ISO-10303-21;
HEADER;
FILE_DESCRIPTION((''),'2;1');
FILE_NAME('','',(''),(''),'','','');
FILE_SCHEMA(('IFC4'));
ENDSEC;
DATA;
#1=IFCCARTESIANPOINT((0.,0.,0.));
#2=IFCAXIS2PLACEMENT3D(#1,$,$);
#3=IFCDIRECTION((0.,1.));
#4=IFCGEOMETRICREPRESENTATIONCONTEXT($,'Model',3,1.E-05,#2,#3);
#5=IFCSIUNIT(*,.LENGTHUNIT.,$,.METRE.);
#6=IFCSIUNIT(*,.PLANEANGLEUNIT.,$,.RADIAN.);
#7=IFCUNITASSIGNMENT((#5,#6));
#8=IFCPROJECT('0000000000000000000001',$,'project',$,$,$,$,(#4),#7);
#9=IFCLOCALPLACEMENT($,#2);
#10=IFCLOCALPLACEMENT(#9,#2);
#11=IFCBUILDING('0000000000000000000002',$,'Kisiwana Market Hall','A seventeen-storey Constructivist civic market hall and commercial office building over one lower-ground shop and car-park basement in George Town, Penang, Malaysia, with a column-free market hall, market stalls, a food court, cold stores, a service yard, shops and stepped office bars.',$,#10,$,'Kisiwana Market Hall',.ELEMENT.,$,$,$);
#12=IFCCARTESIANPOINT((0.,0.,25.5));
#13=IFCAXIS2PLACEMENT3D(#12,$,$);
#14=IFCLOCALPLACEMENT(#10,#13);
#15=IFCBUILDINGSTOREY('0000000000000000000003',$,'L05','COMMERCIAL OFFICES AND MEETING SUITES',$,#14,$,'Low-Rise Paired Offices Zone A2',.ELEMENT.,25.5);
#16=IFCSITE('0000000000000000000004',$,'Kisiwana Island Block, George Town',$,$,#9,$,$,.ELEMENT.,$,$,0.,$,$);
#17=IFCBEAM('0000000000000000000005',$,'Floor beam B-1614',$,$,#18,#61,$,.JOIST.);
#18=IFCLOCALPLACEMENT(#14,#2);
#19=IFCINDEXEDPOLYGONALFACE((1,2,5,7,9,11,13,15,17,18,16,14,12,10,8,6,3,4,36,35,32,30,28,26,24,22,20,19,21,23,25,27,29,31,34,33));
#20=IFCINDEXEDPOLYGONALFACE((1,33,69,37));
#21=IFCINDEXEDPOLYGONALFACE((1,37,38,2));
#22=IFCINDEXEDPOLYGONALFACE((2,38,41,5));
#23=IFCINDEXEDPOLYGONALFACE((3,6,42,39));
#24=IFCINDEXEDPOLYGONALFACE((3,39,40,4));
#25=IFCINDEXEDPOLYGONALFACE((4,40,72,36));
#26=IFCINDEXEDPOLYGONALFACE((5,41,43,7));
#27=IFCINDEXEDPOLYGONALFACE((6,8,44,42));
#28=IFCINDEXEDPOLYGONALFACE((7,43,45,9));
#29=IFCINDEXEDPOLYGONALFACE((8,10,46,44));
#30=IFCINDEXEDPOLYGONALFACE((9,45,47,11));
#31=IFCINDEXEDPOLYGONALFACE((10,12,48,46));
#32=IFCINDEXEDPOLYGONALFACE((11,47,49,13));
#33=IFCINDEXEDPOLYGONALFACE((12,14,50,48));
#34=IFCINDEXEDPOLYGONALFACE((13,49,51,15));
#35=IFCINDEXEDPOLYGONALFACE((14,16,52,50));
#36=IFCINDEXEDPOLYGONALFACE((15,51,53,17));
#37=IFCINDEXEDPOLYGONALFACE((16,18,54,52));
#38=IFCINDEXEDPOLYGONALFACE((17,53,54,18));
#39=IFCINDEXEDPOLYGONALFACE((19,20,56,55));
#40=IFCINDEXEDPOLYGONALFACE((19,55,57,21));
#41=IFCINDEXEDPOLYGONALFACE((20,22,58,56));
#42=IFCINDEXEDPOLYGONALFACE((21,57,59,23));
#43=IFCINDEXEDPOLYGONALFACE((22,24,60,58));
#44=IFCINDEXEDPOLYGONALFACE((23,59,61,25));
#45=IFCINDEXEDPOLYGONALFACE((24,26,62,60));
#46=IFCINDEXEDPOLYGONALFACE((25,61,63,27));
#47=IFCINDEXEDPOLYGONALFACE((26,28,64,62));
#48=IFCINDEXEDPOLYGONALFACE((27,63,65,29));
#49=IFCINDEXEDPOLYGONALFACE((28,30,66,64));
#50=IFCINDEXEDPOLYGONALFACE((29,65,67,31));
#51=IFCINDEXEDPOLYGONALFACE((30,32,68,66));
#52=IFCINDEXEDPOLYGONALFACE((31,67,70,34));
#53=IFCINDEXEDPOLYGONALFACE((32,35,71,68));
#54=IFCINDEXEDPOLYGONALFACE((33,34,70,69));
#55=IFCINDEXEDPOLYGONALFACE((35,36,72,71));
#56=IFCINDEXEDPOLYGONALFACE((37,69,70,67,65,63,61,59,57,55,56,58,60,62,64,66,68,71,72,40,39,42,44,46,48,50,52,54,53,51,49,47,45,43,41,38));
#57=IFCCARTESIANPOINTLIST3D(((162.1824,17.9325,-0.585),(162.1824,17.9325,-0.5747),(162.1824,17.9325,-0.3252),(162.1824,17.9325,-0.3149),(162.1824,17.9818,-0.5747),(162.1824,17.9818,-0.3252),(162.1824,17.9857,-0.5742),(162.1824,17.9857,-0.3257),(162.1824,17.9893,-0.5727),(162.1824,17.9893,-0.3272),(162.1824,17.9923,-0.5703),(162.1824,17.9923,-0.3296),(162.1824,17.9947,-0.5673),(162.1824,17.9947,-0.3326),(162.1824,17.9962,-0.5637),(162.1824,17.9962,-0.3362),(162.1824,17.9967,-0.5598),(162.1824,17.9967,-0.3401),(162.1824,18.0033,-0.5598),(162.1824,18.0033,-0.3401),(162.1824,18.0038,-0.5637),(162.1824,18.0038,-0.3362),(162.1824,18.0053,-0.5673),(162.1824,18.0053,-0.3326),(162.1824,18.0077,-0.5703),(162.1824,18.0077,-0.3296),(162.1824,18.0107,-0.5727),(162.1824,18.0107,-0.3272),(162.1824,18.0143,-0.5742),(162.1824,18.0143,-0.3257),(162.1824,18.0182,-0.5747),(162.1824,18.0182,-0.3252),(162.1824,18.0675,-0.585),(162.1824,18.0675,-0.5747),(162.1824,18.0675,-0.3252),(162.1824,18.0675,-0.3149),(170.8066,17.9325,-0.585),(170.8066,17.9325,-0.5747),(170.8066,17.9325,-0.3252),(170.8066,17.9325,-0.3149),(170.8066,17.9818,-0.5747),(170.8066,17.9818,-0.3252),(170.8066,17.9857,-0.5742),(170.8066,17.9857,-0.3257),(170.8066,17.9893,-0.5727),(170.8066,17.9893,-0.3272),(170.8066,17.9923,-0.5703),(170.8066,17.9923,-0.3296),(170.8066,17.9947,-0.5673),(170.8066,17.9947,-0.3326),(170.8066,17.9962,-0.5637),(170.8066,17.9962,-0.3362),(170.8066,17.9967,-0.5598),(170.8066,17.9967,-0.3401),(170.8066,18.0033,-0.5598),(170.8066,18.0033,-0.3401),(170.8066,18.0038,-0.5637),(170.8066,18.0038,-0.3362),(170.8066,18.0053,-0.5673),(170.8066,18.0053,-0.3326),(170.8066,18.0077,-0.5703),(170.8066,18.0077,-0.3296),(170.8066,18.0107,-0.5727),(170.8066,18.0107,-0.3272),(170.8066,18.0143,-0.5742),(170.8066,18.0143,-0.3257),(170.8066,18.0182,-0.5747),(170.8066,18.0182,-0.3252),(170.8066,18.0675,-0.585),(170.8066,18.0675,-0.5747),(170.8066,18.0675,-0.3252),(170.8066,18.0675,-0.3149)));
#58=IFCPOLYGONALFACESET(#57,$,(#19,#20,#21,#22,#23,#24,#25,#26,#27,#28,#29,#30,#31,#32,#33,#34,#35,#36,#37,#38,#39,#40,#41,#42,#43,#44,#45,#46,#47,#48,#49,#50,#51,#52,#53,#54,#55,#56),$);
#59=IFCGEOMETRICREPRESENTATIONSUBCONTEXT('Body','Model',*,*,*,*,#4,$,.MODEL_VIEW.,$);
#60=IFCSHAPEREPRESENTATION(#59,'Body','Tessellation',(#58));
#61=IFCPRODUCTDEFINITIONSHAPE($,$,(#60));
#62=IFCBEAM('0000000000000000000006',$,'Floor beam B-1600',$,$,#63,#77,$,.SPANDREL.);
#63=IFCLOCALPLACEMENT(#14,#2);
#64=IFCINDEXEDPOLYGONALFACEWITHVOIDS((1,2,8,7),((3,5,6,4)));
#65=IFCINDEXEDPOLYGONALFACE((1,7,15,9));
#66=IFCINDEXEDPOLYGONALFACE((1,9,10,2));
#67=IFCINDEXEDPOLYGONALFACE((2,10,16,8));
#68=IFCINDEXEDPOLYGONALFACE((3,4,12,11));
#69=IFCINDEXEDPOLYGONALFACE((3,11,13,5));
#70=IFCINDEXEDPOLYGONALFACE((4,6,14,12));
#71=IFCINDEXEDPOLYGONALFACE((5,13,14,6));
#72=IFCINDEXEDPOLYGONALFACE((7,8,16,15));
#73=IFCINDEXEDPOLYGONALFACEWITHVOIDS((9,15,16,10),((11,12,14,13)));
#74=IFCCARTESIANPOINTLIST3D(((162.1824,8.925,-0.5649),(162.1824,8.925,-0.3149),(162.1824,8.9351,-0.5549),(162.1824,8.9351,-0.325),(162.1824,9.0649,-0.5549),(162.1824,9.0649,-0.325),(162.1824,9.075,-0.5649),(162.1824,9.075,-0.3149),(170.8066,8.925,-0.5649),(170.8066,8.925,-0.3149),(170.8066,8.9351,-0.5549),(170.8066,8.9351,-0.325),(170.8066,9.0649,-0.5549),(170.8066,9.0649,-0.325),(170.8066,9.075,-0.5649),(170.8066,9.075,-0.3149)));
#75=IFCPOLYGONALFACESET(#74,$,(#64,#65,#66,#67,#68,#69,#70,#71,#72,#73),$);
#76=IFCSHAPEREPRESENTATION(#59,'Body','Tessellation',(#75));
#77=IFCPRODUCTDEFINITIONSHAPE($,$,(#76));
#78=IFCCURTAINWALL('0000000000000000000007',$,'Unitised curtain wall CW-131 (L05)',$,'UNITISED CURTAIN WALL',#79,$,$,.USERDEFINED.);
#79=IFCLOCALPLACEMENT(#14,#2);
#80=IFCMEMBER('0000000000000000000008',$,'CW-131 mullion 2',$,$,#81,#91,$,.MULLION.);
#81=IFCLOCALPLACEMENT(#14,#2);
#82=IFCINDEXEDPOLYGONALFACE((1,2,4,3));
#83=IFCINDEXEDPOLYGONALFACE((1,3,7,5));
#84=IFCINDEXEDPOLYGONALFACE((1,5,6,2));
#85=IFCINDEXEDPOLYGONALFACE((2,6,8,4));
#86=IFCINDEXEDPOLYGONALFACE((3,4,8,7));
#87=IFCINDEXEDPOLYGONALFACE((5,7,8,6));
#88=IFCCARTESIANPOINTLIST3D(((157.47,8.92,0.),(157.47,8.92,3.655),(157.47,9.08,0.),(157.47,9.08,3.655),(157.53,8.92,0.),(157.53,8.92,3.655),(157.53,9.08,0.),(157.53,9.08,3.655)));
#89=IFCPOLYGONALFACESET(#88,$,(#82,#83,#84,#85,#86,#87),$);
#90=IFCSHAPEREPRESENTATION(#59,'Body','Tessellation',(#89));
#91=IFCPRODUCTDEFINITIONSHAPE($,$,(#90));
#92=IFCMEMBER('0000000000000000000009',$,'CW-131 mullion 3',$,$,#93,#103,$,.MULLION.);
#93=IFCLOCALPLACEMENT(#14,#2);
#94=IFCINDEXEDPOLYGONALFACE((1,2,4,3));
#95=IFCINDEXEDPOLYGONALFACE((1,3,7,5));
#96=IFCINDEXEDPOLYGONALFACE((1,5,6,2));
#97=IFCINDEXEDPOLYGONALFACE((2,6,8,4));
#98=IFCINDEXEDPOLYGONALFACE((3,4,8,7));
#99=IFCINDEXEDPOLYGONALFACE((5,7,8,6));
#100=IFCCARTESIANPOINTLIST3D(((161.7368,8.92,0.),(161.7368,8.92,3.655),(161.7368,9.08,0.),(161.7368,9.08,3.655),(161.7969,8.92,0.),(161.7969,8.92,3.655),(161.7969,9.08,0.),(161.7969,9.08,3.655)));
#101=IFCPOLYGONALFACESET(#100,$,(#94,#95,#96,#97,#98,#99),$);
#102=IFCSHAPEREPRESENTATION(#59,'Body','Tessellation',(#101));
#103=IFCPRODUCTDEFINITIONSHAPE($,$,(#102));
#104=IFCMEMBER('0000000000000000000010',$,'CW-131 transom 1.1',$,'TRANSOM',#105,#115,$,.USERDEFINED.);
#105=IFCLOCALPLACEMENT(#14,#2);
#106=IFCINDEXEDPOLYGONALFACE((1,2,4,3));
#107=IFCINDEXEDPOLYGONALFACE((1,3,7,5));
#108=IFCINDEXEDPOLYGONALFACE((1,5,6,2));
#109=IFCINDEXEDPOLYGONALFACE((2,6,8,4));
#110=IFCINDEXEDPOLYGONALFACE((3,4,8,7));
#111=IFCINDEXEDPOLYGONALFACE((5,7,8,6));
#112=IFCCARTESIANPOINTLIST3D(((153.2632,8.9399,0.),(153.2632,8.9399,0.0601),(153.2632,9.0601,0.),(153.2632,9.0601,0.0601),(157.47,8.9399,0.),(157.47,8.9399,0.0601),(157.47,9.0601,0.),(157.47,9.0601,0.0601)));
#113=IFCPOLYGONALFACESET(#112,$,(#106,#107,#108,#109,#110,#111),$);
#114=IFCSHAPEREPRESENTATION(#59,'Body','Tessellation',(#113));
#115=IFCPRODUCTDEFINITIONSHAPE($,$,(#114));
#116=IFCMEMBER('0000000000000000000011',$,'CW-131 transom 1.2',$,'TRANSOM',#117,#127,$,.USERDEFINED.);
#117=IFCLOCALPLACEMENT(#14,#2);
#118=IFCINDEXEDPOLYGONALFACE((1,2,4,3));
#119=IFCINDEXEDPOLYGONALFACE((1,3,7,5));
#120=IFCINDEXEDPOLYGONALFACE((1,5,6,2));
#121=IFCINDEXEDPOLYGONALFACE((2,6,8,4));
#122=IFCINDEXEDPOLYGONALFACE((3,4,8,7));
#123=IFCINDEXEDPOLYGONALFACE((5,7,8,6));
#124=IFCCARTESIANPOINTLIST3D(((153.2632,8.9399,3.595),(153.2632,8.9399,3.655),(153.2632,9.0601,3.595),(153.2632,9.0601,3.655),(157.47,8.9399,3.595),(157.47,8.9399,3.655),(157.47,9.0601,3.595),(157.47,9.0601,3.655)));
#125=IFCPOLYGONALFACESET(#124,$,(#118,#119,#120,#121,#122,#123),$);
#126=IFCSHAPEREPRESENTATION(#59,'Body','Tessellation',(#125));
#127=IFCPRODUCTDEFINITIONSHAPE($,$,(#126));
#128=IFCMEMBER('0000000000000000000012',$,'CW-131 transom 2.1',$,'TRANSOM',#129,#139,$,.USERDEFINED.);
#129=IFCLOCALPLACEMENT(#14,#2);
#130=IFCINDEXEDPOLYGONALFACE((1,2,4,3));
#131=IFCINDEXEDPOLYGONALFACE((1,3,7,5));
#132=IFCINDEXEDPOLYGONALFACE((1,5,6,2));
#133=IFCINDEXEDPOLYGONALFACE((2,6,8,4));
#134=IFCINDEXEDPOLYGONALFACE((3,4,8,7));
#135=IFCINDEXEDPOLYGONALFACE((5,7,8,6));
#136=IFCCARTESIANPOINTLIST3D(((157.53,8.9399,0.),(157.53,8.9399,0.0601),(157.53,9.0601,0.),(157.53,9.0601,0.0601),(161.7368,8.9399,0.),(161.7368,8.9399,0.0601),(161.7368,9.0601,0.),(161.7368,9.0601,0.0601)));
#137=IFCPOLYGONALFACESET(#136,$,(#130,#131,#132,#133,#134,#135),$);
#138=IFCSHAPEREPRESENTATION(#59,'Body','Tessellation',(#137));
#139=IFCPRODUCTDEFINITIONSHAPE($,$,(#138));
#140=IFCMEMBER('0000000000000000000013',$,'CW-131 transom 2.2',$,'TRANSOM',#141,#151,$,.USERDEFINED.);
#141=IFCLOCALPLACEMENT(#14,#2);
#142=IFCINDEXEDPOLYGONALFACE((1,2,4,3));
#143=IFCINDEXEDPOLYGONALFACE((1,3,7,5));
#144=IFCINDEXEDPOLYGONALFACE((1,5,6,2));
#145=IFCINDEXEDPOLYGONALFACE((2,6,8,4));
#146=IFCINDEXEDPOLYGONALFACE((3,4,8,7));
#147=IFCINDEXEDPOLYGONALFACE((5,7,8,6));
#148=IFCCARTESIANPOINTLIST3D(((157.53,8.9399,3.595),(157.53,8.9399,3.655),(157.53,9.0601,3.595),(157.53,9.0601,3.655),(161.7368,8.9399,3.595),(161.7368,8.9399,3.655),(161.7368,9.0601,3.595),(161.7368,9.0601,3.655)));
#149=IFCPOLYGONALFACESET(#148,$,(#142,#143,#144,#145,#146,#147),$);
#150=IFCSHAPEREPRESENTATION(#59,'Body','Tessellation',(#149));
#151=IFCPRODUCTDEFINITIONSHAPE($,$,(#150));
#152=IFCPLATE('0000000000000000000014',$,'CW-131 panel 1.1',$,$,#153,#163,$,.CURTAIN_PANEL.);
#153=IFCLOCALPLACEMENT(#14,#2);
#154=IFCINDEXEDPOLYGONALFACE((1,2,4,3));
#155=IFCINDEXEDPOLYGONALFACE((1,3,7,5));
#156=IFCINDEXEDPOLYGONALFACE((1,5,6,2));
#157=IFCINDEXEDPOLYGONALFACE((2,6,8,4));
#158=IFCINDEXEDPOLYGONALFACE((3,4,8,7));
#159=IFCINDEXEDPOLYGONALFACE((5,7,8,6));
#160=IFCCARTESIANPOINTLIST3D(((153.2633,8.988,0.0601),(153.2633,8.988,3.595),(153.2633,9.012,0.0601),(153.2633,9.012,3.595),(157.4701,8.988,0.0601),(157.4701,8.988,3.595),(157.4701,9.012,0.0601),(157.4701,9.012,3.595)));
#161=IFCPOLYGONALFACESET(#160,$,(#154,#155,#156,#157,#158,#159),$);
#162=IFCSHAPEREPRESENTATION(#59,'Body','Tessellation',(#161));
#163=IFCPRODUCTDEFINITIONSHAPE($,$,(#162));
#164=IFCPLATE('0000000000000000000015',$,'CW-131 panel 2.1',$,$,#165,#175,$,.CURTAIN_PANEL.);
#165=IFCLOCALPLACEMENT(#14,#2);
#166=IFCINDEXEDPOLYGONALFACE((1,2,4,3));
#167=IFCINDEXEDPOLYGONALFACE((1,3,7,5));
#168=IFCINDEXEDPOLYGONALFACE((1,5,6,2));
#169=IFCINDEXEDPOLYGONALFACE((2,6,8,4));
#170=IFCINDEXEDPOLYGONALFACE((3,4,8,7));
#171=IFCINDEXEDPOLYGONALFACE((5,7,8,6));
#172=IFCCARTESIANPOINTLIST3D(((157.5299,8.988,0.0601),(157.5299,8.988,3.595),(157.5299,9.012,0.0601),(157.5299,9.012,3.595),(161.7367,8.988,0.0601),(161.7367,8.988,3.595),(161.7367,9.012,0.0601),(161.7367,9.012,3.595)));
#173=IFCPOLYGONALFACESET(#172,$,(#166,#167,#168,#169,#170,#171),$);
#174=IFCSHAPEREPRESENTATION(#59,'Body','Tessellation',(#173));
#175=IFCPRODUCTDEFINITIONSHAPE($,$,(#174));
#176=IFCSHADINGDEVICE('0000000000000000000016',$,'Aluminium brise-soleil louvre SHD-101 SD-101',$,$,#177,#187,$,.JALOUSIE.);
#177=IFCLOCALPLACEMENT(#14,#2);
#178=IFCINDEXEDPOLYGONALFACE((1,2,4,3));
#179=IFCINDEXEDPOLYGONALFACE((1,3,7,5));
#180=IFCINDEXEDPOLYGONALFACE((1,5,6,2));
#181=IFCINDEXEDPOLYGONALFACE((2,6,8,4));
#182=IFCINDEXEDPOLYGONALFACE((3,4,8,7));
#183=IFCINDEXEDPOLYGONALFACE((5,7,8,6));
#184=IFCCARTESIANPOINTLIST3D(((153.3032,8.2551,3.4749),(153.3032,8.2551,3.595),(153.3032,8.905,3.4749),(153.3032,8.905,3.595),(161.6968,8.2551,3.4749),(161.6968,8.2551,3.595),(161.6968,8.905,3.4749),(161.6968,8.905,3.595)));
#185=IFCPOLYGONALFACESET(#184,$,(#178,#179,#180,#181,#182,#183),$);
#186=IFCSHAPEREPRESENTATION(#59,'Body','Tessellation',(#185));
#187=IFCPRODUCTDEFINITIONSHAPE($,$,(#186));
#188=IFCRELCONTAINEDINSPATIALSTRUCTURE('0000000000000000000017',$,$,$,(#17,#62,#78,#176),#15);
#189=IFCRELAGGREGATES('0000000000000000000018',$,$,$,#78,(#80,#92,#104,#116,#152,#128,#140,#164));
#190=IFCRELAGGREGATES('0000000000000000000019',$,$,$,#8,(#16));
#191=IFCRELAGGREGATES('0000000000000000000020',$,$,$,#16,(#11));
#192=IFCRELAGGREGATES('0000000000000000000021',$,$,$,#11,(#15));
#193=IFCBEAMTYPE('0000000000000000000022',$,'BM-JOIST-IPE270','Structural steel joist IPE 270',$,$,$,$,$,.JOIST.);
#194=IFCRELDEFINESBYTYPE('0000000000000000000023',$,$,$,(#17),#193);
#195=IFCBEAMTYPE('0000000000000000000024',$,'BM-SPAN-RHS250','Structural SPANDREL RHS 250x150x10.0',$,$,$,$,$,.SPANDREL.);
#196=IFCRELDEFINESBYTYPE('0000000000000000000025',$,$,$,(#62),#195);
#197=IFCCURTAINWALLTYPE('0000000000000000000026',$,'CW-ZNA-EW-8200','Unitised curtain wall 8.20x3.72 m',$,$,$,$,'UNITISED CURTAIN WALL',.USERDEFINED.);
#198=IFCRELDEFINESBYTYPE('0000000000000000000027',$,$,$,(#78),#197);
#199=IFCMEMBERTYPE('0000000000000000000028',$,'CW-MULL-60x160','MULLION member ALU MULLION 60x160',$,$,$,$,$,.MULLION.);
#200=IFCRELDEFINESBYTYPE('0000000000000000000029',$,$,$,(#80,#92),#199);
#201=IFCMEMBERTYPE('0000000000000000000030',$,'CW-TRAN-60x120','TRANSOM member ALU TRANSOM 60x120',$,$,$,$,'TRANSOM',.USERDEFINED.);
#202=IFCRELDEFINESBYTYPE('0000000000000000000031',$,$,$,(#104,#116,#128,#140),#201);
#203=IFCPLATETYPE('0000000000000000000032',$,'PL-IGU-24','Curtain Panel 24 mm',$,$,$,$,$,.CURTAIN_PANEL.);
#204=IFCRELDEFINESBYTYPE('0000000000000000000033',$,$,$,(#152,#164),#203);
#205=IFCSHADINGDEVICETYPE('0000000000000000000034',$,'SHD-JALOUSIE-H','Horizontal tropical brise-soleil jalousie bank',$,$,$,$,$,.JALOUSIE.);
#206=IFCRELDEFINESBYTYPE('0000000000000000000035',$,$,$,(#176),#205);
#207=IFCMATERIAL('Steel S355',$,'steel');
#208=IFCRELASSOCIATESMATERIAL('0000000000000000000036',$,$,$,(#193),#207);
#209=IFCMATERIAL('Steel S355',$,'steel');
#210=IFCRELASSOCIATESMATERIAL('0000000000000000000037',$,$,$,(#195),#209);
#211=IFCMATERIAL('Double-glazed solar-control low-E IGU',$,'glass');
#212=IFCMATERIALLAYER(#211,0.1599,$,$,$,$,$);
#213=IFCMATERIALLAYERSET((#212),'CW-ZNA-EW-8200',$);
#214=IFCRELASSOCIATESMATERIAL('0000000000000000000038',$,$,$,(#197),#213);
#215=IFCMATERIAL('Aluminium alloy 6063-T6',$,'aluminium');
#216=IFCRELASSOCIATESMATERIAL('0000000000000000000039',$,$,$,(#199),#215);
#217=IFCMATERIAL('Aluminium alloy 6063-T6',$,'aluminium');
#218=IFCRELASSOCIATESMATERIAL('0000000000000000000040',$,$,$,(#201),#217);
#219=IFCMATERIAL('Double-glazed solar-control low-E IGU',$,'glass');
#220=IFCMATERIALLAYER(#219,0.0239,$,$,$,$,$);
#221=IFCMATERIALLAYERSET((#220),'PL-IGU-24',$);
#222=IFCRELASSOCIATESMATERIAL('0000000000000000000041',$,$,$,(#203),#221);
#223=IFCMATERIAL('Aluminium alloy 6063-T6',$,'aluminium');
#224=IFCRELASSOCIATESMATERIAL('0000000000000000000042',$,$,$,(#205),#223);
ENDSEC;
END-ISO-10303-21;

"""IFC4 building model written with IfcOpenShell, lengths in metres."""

from ifc_helpers import new_model, si_unit, direction, frame, origin, origin_2d, place, context, subcontext, project, spatial, rectangle, hollow_rectangle, i_section, extrude, material, layer, layer_set, material_profile, profile_set, type_object, element, aggregate, save


model = new_model("IFC4")

# Units and contexts
model_context = context("Model", 3, precision=1e-05, world=origin(), true_north=direction((0.0, 1.0)))
body_context = subcontext(model_context, "Body", "Model", "MODEL_VIEW")
ifc_project = project(units=[si_unit("LENGTHUNIT", "METRE"), si_unit("PLANEANGLEUNIT", "RADIAN")], contexts=[model_context])

# Site, building, storey
site_placement = place(None, origin())
site = spatial("IfcSite", under=ifc_project, at=site_placement, Name="Kisiwana Island Block, George Town", CompositionType="ELEMENT", RefElevation=0.0)
building_placement = place(site_placement, origin())
building = spatial("IfcBuilding", under=site, at=building_placement, Name="Kisiwana Market Hall", Description="A seventeen-storey Constructivist civic market hall and commercial office building over one lower-ground shop and car-park basement in George Town, Penang, Malaysia, with a column-free market hall, market stalls, a food court, cold stores, a service yard, shops and stepped office bars.", LongName="Kisiwana Market Hall", CompositionType="ELEMENT")
storey_placement = place(building_placement, frame((0.0, 0.0, 25.5)))
storey = spatial("IfcBuildingStorey", under=building, at=storey_placement, Name="L05", Description="COMMERCIAL OFFICES AND MEETING SUITES", LongName="Low-Rise Paired Offices Zone A2", CompositionType="ELEMENT", Elevation=25.5)

# Beams
ifc_material_1 = material(Name="Steel S355", Category="steel")
ifc_material_profile_1 = material_profile(ifc_material_1, i_section(OverallWidth=0.135, OverallDepth=0.27, WebThickness=0.0066, FlangeThickness=0.0103, FilletRadius=0.0149, at=origin_2d()), Name="IPE 270")
ifc_profile_set_1 = profile_set([ifc_material_profile_1], Name="Steel S355")
beam_type_1 = type_object("IfcBeamType", Name="BM-JOIST-IPE270", Description="Structural steel joist IPE 270", PredefinedType="JOIST", material=ifc_profile_set_1)
beam_1_placement = place(storey_placement, frame((162.1824, 18.0, -0.45), z_axis=(1.0, 0.0, 0.0), x_axis=(0.0, 1.0, 0.0)))
element("IfcBeam", 1, at=beam_1_placement, inside=storey, type_object=beam_type_1, Name="Floor beam B-1614", PredefinedType="JOIST", context=body_context, shape_type="SweptSolid", body=[
    extrude(i_section(OverallWidth=0.135, OverallDepth=0.27, WebThickness=0.0066, FlangeThickness=0.0103, FilletRadius=0.0149, at=origin_2d()), origin(), (0.0, 0.0, 1.0), 8.6243),
])
ifc_material_2 = material(Name="Steel S355", Category="steel")
ifc_material_profile_2 = material_profile(ifc_material_2, hollow_rectangle(XDim=0.1499, YDim=0.25, WallThickness=0.01, at=origin_2d()), Name="RHS 250x150x10.0")
ifc_profile_set_2 = profile_set([ifc_material_profile_2], Name="Steel S355")
beam_type_2 = type_object("IfcBeamType", Name="BM-SPAN-RHS250", Description="Structural SPANDREL RHS 250x150x10.0", PredefinedType="SPANDREL", material=ifc_profile_set_2)
beam_2_placement = place(storey_placement, frame((162.1824, 9.0, -0.4399), z_axis=(1.0, 0.0, 0.0), x_axis=(0.0, 1.0, 0.0)))
element("IfcBeam", 2, at=beam_2_placement, inside=storey, type_object=beam_type_2, Name="Floor beam B-1600", PredefinedType="SPANDREL", context=body_context, shape_type="SweptSolid", body=[
    extrude(hollow_rectangle(XDim=0.1499, YDim=0.25, WallThickness=0.01, at=origin_2d()), origin(), (0.0, 0.0, 1.0), 8.6243),
])

# Curtain wall, members, plates
ifc_material_3 = material(Name="Double-glazed solar-control low-E IGU", Category="glass")
ifc_layer_1 = layer(ifc_material_3, 0.1599)
ifc_layer_set_1 = layer_set([ifc_layer_1], Name="CW-ZNA-EW-8200")
curtain_wall_type = type_object("IfcCurtainWallType", Name="CW-ZNA-EW-8200", Description="Unitised curtain wall 8.20x3.72 m", ElementType="UNITISED CURTAIN WALL", PredefinedType="USERDEFINED", material=ifc_layer_set_1)
curtain_wall_placement = place(storey_placement, origin())
curtain_wall = element("IfcCurtainWall", 3, at=curtain_wall_placement, inside=storey, type_object=curtain_wall_type, Name="Unitised curtain wall CW-131 (L05)", ObjectType="UNITISED CURTAIN WALL", PredefinedType="USERDEFINED")
ifc_material_4 = material(Name="Aluminium alloy 6063-T6", Category="aluminium")
ifc_material_profile_3 = material_profile(ifc_material_4, rectangle(XDim=0.0601, YDim=0.1599, at=origin_2d()), Name="ALU MULLION 60x160")
ifc_profile_set_3 = profile_set([ifc_material_profile_3], Name="Aluminium alloy 6063-T6")
member_type_1 = type_object("IfcMemberType", Name="CW-MULL-60x160", Description="MULLION member ALU MULLION 60x160", PredefinedType="MULLION", material=ifc_profile_set_3)
member_1_placement = place(storey_placement, frame((157.5, 9.0, 0.0), z_axis=(0.0, 0.0, 1.0), x_axis=(1.0, 0.0, 0.0)))
member_1 = element("IfcMember", 4, at=member_1_placement, type_object=member_type_1, Name="CW-131 mullion 2", PredefinedType="MULLION", context=body_context, shape_type="SweptSolid", body=[
    extrude(rectangle(XDim=0.0601, YDim=0.1599, at=origin_2d()), origin(), (0.0, 0.0, 1.0), 3.655),
])
member_2_placement = place(storey_placement, frame((161.7668, 9.0, 0.0), z_axis=(0.0, 0.0, 1.0), x_axis=(1.0, 0.0, 0.0)))
member_2 = element("IfcMember", 5, at=member_2_placement, type_object=member_type_1, Name="CW-131 mullion 3", PredefinedType="MULLION", context=body_context, shape_type="SweptSolid", body=[
    extrude(rectangle(XDim=0.0601, YDim=0.1599, at=origin_2d()), origin(), (0.0, 0.0, 1.0), 3.655),
])
ifc_material_5 = material(Name="Aluminium alloy 6063-T6", Category="aluminium")
ifc_material_profile_4 = material_profile(ifc_material_5, rectangle(XDim=0.1201, YDim=0.0601, at=origin_2d()), Name="ALU TRANSOM 60x120")
ifc_profile_set_4 = profile_set([ifc_material_profile_4], Name="Aluminium alloy 6063-T6")
member_type_2 = type_object("IfcMemberType", Name="CW-TRAN-60x120", Description="TRANSOM member ALU TRANSOM 60x120", ElementType="TRANSOM", PredefinedType="USERDEFINED", material=ifc_profile_set_4)
member_3_placement = place(storey_placement, frame((153.2632, 9.0, 0.03), z_axis=(1.0, 0.0, 0.0), x_axis=(0.0, 1.0, 0.0)))
member_3 = element("IfcMember", 6, at=member_3_placement, type_object=member_type_2, Name="CW-131 transom 1.1", ObjectType="TRANSOM", PredefinedType="USERDEFINED", context=body_context, shape_type="SweptSolid", body=[
    extrude(rectangle(XDim=0.1201, YDim=0.0601, at=origin_2d()), origin(), (0.0, 0.0, 1.0), 4.2068),
])
member_4_placement = place(storey_placement, frame((153.2632, 9.0, 3.625), z_axis=(1.0, 0.0, 0.0), x_axis=(0.0, 1.0, 0.0)))
member_4 = element("IfcMember", 7, at=member_4_placement, type_object=member_type_2, Name="CW-131 transom 1.2", ObjectType="TRANSOM", PredefinedType="USERDEFINED", context=body_context, shape_type="SweptSolid", body=[
    extrude(rectangle(XDim=0.1201, YDim=0.0601, at=origin_2d()), origin(), (0.0, 0.0, 1.0), 4.2068),
])
member_5_placement = place(storey_placement, frame((157.53, 9.0, 0.03), z_axis=(1.0, 0.0, 0.0), x_axis=(0.0, 1.0, 0.0)))
member_5 = element("IfcMember", 8, at=member_5_placement, type_object=member_type_2, Name="CW-131 transom 2.1", ObjectType="TRANSOM", PredefinedType="USERDEFINED", context=body_context, shape_type="SweptSolid", body=[
    extrude(rectangle(XDim=0.1201, YDim=0.0601, at=origin_2d()), origin(), (0.0, 0.0, 1.0), 4.2068),
])
member_6_placement = place(storey_placement, frame((157.53, 9.0, 3.625), z_axis=(1.0, 0.0, 0.0), x_axis=(0.0, 1.0, 0.0)))
member_6 = element("IfcMember", 9, at=member_6_placement, type_object=member_type_2, Name="CW-131 transom 2.2", ObjectType="TRANSOM", PredefinedType="USERDEFINED", context=body_context, shape_type="SweptSolid", body=[
    extrude(rectangle(XDim=0.1201, YDim=0.0601, at=origin_2d()), origin(), (0.0, 0.0, 1.0), 4.2068),
])
ifc_material_6 = material(Name="Double-glazed solar-control low-E IGU", Category="glass")
ifc_layer_2 = layer(ifc_material_6, 0.0239)
ifc_layer_set_2 = layer_set([ifc_layer_2], Name="PL-IGU-24")
plate_type = type_object("IfcPlateType", Name="PL-IGU-24", Description="Curtain Panel 24 mm", PredefinedType="CURTAIN_PANEL", material=ifc_layer_set_2)
plate_1_placement = place(storey_placement, frame((155.3667, 9.0, 0.0601), z_axis=(0.0, 0.0, 1.0), x_axis=(1.0, 0.0, 0.0)))
plate_1 = element("IfcPlate", 10, at=plate_1_placement, type_object=plate_type, Name="CW-131 panel 1.1", PredefinedType="CURTAIN_PANEL", context=body_context, shape_type="SweptSolid", body=[
    extrude(rectangle(XDim=4.2068, YDim=0.0239, at=origin_2d()), origin(), (0.0, 0.0, 1.0), 3.5349),
])
plate_2_placement = place(storey_placement, frame((159.6333, 9.0, 0.0601), z_axis=(0.0, 0.0, 1.0), x_axis=(1.0, 0.0, 0.0)))
plate_2 = element("IfcPlate", 11, at=plate_2_placement, type_object=plate_type, Name="CW-131 panel 2.1", PredefinedType="CURTAIN_PANEL", context=body_context, shape_type="SweptSolid", body=[
    extrude(rectangle(XDim=4.2068, YDim=0.0239, at=origin_2d()), origin(), (0.0, 0.0, 1.0), 3.5349),
])
aggregate(curtain_wall, [member_1, member_2, member_3, member_4, plate_1, member_5, member_6, plate_2])

# Shading device
ifc_material_7 = material(Name="Aluminium alloy 6063-T6", Category="aluminium")
shading_device_type = type_object("IfcShadingDeviceType", Name="SHD-JALOUSIE-H", Description="Horizontal tropical brise-soleil jalousie bank", PredefinedType="JALOUSIE", material=ifc_material_7)
shading_device_placement = place(storey_placement, frame((157.5, 8.5801, 3.4749), z_axis=(0.0, 0.0, 1.0), x_axis=(1.0, 0.0, 0.0)))
element("IfcShadingDevice", 12, at=shading_device_placement, inside=storey, type_object=shading_device_type, Name="Aluminium brise-soleil louvre SHD-101 SD-101", PredefinedType="JALOUSIE", context=body_context, shape_type="SweptSolid", body=[
    extrude(rectangle(XDim=8.3936, YDim=0.6499, at=origin_2d()), origin(), (0.0, 0.0, 1.0), 0.1201),
])

save(model, "model.ifc")
